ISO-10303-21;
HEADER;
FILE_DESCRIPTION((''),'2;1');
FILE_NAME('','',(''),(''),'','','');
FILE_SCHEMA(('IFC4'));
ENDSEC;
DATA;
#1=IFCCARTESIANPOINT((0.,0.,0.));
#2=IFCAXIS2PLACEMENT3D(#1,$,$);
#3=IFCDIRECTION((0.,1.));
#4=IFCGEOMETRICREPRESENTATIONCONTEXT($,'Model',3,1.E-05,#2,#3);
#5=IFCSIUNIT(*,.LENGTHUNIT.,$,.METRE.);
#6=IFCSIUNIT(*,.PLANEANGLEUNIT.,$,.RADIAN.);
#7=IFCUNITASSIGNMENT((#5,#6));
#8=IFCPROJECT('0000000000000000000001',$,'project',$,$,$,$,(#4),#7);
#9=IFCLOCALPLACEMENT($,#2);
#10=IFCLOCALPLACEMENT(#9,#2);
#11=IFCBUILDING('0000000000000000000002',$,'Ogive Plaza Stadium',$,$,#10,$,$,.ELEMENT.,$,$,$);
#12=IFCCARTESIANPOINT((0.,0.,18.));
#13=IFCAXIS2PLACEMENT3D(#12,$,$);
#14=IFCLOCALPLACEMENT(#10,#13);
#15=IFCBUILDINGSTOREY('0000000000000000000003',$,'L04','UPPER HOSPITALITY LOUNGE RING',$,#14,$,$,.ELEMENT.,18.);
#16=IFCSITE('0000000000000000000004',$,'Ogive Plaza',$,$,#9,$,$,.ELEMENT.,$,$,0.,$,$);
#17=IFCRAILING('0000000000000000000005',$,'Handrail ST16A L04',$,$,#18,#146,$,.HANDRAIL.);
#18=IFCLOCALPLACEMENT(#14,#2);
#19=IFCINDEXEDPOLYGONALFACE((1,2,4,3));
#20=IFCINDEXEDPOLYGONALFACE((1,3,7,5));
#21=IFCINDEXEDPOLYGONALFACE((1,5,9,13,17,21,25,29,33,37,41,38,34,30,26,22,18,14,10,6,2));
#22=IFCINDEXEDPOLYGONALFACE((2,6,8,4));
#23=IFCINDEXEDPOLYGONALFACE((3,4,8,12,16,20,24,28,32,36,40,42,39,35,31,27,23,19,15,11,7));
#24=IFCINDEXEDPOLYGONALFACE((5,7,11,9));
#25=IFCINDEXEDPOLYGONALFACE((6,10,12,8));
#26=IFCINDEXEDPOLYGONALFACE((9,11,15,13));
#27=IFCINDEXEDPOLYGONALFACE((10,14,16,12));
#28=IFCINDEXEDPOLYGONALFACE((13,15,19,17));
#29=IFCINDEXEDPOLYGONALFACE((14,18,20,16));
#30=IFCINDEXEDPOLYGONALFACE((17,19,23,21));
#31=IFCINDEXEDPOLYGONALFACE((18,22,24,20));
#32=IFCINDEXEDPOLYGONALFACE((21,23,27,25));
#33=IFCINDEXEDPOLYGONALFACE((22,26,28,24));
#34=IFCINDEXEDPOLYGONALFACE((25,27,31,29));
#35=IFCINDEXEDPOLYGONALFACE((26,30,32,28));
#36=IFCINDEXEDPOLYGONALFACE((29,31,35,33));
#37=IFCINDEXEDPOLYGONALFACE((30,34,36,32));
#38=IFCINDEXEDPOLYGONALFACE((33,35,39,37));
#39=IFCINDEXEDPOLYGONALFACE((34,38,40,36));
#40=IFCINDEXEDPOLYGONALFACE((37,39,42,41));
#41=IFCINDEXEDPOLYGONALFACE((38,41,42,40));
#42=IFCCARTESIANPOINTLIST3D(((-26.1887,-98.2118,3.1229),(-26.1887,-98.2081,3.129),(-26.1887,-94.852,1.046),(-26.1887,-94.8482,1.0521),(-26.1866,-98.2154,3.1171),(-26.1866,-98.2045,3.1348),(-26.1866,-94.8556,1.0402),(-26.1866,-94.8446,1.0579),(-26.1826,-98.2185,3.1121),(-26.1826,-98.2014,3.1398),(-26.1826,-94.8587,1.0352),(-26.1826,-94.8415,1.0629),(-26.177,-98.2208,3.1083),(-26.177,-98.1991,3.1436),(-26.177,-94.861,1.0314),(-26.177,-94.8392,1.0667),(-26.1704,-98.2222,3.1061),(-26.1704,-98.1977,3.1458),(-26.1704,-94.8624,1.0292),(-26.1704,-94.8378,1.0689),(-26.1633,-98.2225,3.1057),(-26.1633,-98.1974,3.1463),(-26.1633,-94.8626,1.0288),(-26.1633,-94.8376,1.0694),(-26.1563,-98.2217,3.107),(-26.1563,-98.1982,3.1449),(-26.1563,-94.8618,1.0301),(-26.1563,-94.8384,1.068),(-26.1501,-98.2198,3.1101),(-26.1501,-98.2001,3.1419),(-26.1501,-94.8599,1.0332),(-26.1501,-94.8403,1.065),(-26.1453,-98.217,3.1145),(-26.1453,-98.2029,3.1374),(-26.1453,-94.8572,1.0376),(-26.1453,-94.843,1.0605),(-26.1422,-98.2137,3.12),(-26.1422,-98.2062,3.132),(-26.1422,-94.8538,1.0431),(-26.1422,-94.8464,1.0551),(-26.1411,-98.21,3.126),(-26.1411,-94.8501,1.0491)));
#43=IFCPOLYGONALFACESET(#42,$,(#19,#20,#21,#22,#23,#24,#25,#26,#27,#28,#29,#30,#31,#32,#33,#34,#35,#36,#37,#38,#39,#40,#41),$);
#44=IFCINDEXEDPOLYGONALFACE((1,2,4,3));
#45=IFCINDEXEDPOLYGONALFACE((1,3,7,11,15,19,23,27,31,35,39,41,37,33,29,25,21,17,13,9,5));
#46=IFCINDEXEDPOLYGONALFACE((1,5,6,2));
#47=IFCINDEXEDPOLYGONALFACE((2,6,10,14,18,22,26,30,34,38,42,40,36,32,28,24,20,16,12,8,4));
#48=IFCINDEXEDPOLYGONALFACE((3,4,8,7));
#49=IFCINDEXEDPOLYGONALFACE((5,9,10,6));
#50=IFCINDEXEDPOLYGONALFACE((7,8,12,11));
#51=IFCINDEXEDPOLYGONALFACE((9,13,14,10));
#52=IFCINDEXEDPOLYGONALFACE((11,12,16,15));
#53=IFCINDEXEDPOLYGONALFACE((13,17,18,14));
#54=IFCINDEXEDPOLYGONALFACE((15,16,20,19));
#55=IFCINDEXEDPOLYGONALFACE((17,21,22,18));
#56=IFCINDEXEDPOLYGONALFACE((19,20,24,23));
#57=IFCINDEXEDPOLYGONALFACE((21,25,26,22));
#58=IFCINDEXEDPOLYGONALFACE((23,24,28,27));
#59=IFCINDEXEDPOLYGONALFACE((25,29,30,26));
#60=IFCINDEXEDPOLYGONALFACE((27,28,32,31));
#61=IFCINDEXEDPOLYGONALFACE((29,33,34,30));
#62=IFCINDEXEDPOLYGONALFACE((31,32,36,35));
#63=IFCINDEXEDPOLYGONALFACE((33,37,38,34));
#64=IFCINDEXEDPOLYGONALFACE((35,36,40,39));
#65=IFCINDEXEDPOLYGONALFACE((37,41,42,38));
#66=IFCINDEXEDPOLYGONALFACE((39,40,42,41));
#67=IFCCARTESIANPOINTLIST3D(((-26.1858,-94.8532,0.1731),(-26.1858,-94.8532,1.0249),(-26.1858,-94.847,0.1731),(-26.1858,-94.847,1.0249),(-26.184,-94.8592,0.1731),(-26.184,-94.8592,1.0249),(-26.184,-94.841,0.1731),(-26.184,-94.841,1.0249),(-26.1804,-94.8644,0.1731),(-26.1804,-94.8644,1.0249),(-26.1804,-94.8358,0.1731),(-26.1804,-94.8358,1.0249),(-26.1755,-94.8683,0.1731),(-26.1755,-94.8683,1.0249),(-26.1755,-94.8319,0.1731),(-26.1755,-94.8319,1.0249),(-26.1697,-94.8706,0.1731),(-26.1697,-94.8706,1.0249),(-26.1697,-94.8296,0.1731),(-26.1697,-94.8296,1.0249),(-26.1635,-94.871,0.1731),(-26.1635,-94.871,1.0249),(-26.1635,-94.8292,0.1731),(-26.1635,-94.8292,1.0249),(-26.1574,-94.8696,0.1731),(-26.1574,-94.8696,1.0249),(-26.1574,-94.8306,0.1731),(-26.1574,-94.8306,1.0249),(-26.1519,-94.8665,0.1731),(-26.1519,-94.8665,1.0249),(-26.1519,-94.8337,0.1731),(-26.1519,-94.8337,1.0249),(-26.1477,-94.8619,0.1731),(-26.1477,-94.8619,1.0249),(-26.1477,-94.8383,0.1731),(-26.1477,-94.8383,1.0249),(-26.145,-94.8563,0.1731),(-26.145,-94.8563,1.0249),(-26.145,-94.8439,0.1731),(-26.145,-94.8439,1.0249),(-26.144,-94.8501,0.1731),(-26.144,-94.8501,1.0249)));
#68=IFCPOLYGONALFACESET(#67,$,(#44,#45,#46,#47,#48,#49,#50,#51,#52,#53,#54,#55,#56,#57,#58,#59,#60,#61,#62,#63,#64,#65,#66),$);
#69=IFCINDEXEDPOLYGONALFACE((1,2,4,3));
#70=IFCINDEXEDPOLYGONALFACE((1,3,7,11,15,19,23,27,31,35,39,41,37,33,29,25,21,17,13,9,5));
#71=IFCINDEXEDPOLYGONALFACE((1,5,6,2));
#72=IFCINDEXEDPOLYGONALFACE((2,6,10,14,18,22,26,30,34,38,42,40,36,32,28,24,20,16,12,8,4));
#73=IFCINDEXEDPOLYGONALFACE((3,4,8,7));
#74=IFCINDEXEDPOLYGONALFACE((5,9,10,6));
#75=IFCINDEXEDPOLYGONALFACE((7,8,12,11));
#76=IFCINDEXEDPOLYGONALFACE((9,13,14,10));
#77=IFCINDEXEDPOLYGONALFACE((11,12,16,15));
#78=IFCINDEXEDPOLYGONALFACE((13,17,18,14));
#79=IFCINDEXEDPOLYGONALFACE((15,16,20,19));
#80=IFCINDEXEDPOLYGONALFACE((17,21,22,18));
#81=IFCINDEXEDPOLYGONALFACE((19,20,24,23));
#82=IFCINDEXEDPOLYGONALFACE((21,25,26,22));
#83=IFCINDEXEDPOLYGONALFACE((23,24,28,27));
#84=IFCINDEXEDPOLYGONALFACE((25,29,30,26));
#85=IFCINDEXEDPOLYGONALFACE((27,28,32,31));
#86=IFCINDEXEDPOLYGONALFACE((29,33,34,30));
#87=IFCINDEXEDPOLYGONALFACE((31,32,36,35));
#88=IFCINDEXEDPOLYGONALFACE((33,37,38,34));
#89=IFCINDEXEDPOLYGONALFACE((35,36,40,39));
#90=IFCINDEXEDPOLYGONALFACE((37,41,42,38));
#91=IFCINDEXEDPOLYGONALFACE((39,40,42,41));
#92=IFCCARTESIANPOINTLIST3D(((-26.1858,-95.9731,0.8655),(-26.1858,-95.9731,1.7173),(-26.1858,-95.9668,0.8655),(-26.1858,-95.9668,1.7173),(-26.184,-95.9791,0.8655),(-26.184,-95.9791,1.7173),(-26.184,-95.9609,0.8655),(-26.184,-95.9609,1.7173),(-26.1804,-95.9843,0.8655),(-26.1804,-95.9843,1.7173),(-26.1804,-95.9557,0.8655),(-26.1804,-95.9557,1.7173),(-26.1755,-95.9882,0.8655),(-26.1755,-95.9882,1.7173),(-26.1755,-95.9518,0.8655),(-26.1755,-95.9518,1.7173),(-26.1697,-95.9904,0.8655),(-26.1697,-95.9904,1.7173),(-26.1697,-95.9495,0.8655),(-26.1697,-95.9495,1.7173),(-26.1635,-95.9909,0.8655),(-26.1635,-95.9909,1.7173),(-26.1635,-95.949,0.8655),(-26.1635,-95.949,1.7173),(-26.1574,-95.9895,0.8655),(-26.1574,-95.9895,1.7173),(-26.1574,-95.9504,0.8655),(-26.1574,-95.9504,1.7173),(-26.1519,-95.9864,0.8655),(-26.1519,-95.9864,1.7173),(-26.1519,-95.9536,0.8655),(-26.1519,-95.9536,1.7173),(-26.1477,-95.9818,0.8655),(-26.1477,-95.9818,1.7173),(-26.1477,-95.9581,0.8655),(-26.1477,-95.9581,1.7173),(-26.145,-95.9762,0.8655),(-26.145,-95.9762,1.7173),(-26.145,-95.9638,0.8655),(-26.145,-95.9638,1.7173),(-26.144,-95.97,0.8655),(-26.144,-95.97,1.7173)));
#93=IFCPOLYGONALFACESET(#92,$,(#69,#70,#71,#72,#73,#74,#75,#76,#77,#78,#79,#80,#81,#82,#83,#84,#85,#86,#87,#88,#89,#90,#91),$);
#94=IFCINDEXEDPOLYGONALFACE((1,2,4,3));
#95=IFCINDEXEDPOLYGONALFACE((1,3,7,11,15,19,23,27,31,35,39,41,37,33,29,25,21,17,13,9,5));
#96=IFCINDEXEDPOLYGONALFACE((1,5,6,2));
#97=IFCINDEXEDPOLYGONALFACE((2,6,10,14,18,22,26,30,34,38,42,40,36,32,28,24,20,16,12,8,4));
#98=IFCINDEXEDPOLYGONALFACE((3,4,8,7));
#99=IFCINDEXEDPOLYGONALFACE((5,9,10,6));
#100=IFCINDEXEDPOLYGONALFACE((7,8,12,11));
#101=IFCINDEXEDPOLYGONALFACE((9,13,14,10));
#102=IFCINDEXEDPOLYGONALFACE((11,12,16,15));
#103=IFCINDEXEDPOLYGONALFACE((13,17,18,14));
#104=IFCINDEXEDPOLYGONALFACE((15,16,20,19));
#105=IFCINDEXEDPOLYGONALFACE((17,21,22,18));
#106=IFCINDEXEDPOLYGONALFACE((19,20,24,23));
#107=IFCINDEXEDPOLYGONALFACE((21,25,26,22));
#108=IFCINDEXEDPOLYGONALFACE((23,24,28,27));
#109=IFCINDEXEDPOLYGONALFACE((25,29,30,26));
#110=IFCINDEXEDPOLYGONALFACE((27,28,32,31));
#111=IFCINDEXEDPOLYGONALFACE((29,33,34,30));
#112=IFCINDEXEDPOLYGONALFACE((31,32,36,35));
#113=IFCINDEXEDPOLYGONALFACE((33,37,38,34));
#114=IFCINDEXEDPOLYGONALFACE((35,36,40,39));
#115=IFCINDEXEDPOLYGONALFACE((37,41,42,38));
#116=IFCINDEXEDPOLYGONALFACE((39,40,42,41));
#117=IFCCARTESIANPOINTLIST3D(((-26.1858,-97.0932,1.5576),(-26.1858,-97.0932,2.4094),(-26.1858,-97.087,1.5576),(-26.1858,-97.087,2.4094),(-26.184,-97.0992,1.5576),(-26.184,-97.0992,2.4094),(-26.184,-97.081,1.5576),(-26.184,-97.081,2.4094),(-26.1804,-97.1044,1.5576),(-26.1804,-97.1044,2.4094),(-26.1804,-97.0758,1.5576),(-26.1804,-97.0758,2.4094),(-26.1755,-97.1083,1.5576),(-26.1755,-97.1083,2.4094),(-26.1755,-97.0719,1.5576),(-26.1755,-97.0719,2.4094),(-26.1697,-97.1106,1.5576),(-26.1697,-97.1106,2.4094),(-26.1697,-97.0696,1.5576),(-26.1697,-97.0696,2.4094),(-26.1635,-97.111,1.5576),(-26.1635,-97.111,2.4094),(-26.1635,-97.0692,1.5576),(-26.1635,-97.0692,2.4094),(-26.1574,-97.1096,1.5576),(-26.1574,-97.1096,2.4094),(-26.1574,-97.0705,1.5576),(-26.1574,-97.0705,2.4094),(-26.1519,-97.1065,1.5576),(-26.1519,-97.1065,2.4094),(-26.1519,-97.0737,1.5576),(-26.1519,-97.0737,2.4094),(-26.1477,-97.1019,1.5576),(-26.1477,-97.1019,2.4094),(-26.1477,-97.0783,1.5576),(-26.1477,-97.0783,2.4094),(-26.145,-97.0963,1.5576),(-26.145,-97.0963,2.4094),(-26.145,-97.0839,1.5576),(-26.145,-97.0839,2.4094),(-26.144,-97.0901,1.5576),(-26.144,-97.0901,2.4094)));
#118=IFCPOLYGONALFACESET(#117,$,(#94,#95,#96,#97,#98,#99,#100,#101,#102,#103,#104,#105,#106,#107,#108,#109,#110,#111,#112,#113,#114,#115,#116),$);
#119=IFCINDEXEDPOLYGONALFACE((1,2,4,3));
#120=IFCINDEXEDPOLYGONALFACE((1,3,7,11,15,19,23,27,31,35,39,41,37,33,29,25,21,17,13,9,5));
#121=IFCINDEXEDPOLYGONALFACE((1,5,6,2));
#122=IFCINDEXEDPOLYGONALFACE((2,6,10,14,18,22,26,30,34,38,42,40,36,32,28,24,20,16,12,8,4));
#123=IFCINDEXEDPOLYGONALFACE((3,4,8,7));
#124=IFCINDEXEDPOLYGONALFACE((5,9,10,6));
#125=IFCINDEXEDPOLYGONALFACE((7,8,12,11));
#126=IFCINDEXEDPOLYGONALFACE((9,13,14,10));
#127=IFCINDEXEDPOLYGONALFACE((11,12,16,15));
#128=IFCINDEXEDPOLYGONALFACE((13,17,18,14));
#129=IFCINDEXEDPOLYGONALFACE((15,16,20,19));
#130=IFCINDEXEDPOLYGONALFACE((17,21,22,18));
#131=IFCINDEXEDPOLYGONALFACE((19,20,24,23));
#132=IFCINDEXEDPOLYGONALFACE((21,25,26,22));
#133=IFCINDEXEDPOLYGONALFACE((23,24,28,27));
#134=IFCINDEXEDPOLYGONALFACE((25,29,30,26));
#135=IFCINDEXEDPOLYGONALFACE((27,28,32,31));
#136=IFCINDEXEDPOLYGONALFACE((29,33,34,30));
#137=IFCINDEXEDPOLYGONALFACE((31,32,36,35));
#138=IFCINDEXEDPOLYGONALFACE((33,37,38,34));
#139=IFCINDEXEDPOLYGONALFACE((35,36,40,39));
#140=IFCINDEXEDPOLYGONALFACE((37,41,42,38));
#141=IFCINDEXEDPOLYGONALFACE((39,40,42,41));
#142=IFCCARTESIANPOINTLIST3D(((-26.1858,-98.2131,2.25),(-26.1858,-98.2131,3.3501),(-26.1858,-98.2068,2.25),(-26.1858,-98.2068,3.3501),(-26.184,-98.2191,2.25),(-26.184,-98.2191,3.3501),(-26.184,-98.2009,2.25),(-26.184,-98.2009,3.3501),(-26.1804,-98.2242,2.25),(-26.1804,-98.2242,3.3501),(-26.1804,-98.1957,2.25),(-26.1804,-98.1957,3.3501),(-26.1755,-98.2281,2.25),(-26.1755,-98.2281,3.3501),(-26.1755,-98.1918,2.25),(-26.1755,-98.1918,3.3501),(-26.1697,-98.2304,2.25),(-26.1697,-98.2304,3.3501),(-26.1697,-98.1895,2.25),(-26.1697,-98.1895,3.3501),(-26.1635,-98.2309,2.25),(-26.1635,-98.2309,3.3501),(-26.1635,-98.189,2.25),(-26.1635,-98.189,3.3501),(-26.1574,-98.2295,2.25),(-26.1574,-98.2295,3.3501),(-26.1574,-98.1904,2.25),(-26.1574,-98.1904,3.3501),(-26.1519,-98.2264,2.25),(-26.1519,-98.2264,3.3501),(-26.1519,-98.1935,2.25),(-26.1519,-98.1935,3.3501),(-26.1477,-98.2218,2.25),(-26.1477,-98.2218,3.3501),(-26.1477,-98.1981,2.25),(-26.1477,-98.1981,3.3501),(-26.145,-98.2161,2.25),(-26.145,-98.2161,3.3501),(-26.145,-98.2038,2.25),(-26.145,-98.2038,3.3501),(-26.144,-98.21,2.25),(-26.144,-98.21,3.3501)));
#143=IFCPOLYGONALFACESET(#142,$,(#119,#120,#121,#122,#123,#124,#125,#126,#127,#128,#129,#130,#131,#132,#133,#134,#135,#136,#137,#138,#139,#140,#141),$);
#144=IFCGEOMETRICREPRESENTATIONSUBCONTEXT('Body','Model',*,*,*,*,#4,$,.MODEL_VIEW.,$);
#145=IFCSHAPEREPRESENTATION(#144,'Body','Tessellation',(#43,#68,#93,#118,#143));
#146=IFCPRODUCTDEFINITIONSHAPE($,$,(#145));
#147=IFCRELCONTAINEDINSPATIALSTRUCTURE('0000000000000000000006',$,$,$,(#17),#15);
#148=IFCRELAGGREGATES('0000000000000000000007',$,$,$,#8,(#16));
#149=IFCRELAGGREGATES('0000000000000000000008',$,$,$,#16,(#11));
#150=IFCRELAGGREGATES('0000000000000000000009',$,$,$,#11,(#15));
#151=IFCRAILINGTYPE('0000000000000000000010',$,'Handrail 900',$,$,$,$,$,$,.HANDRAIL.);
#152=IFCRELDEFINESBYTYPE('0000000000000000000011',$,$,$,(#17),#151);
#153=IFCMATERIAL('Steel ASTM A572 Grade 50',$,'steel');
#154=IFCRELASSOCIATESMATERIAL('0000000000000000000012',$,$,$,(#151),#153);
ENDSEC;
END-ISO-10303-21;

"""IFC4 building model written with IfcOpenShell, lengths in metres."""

from ifc_helpers import new_model, si_unit, direction, frame, origin, origin_2d, place, context, subcontext, project, spatial, circle, extrude, material, type_object, element, save


model = new_model("IFC4")

# Units and contexts
model_context = context("Model", 3, precision=1e-05, world=origin(), true_north=direction((0.0, 1.0)))
body_context = subcontext(model_context, "Body", "Model", "MODEL_VIEW")
ifc_project = project(units=[si_unit("LENGTHUNIT", "METRE"), si_unit("PLANEANGLEUNIT", "RADIAN")], contexts=[model_context])

# Site, building, storey
site_placement = place(None, origin())
site = spatial("IfcSite", under=ifc_project, at=site_placement, Name="Ogive Plaza", CompositionType="ELEMENT", RefElevation=0.0)
building_placement = place(site_placement, origin())
building = spatial("IfcBuilding", under=site, at=building_placement, Name="Ogive Plaza Stadium", CompositionType="ELEMENT")
storey_placement = place(building_placement, frame((0.0, 0.0, 18.0)))
storey = spatial("IfcBuildingStorey", under=building, at=storey_placement, Name="L04", Description="UPPER HOSPITALITY LOUNGE RING", CompositionType="ELEMENT", Elevation=18.0)

# Railing
ifc_material_1 = material(Name="Steel ASTM A572 Grade 50", Category="steel")
railing_type_1 = type_object("IfcRailingType", Name="Handrail 900", PredefinedType="HANDRAIL", material=ifc_material_1)
for number, where, name in (
    (1, (-26.165, -94.8501, 0.1731), "Handrail ST16A L04"),
):
    element("IfcRailing", number, at=place(storey_placement, frame(where)), inside=storey, type_object=railing_type_1, Name=name, PredefinedType="HANDRAIL", context=body_context, shape_type="SweptSolid", body=[
        extrude(circle(Radius=0.0239, at=origin_2d()), frame((0.0, 0.0, 0.876), z_axis=(0.0, -0.850606, 0.525803), x_axis=(1.0, 0.0, 0.0)), (0.0, 0.0, 1.0), 3.95),
        extrude(circle(Radius=0.021, at=origin_2d()), origin(), (0.0, 0.0, 1.0), 0.8518),
        extrude(circle(Radius=0.021, at=origin_2d()), frame((0.0, -1.1199, 0.6924)), (0.0, 0.0, 1.0), 0.8518),
        extrude(circle(Radius=0.021, at=origin_2d()), frame((0.0, -2.24, 1.3845)), (0.0, 0.0, 1.0), 0.8518),
        extrude(circle(Radius=0.021, at=origin_2d()), frame((0.0, -3.3599, 2.0769)), (0.0, 0.0, 1.0), 1.1001),
    ])

save(model, "model.ifc")
